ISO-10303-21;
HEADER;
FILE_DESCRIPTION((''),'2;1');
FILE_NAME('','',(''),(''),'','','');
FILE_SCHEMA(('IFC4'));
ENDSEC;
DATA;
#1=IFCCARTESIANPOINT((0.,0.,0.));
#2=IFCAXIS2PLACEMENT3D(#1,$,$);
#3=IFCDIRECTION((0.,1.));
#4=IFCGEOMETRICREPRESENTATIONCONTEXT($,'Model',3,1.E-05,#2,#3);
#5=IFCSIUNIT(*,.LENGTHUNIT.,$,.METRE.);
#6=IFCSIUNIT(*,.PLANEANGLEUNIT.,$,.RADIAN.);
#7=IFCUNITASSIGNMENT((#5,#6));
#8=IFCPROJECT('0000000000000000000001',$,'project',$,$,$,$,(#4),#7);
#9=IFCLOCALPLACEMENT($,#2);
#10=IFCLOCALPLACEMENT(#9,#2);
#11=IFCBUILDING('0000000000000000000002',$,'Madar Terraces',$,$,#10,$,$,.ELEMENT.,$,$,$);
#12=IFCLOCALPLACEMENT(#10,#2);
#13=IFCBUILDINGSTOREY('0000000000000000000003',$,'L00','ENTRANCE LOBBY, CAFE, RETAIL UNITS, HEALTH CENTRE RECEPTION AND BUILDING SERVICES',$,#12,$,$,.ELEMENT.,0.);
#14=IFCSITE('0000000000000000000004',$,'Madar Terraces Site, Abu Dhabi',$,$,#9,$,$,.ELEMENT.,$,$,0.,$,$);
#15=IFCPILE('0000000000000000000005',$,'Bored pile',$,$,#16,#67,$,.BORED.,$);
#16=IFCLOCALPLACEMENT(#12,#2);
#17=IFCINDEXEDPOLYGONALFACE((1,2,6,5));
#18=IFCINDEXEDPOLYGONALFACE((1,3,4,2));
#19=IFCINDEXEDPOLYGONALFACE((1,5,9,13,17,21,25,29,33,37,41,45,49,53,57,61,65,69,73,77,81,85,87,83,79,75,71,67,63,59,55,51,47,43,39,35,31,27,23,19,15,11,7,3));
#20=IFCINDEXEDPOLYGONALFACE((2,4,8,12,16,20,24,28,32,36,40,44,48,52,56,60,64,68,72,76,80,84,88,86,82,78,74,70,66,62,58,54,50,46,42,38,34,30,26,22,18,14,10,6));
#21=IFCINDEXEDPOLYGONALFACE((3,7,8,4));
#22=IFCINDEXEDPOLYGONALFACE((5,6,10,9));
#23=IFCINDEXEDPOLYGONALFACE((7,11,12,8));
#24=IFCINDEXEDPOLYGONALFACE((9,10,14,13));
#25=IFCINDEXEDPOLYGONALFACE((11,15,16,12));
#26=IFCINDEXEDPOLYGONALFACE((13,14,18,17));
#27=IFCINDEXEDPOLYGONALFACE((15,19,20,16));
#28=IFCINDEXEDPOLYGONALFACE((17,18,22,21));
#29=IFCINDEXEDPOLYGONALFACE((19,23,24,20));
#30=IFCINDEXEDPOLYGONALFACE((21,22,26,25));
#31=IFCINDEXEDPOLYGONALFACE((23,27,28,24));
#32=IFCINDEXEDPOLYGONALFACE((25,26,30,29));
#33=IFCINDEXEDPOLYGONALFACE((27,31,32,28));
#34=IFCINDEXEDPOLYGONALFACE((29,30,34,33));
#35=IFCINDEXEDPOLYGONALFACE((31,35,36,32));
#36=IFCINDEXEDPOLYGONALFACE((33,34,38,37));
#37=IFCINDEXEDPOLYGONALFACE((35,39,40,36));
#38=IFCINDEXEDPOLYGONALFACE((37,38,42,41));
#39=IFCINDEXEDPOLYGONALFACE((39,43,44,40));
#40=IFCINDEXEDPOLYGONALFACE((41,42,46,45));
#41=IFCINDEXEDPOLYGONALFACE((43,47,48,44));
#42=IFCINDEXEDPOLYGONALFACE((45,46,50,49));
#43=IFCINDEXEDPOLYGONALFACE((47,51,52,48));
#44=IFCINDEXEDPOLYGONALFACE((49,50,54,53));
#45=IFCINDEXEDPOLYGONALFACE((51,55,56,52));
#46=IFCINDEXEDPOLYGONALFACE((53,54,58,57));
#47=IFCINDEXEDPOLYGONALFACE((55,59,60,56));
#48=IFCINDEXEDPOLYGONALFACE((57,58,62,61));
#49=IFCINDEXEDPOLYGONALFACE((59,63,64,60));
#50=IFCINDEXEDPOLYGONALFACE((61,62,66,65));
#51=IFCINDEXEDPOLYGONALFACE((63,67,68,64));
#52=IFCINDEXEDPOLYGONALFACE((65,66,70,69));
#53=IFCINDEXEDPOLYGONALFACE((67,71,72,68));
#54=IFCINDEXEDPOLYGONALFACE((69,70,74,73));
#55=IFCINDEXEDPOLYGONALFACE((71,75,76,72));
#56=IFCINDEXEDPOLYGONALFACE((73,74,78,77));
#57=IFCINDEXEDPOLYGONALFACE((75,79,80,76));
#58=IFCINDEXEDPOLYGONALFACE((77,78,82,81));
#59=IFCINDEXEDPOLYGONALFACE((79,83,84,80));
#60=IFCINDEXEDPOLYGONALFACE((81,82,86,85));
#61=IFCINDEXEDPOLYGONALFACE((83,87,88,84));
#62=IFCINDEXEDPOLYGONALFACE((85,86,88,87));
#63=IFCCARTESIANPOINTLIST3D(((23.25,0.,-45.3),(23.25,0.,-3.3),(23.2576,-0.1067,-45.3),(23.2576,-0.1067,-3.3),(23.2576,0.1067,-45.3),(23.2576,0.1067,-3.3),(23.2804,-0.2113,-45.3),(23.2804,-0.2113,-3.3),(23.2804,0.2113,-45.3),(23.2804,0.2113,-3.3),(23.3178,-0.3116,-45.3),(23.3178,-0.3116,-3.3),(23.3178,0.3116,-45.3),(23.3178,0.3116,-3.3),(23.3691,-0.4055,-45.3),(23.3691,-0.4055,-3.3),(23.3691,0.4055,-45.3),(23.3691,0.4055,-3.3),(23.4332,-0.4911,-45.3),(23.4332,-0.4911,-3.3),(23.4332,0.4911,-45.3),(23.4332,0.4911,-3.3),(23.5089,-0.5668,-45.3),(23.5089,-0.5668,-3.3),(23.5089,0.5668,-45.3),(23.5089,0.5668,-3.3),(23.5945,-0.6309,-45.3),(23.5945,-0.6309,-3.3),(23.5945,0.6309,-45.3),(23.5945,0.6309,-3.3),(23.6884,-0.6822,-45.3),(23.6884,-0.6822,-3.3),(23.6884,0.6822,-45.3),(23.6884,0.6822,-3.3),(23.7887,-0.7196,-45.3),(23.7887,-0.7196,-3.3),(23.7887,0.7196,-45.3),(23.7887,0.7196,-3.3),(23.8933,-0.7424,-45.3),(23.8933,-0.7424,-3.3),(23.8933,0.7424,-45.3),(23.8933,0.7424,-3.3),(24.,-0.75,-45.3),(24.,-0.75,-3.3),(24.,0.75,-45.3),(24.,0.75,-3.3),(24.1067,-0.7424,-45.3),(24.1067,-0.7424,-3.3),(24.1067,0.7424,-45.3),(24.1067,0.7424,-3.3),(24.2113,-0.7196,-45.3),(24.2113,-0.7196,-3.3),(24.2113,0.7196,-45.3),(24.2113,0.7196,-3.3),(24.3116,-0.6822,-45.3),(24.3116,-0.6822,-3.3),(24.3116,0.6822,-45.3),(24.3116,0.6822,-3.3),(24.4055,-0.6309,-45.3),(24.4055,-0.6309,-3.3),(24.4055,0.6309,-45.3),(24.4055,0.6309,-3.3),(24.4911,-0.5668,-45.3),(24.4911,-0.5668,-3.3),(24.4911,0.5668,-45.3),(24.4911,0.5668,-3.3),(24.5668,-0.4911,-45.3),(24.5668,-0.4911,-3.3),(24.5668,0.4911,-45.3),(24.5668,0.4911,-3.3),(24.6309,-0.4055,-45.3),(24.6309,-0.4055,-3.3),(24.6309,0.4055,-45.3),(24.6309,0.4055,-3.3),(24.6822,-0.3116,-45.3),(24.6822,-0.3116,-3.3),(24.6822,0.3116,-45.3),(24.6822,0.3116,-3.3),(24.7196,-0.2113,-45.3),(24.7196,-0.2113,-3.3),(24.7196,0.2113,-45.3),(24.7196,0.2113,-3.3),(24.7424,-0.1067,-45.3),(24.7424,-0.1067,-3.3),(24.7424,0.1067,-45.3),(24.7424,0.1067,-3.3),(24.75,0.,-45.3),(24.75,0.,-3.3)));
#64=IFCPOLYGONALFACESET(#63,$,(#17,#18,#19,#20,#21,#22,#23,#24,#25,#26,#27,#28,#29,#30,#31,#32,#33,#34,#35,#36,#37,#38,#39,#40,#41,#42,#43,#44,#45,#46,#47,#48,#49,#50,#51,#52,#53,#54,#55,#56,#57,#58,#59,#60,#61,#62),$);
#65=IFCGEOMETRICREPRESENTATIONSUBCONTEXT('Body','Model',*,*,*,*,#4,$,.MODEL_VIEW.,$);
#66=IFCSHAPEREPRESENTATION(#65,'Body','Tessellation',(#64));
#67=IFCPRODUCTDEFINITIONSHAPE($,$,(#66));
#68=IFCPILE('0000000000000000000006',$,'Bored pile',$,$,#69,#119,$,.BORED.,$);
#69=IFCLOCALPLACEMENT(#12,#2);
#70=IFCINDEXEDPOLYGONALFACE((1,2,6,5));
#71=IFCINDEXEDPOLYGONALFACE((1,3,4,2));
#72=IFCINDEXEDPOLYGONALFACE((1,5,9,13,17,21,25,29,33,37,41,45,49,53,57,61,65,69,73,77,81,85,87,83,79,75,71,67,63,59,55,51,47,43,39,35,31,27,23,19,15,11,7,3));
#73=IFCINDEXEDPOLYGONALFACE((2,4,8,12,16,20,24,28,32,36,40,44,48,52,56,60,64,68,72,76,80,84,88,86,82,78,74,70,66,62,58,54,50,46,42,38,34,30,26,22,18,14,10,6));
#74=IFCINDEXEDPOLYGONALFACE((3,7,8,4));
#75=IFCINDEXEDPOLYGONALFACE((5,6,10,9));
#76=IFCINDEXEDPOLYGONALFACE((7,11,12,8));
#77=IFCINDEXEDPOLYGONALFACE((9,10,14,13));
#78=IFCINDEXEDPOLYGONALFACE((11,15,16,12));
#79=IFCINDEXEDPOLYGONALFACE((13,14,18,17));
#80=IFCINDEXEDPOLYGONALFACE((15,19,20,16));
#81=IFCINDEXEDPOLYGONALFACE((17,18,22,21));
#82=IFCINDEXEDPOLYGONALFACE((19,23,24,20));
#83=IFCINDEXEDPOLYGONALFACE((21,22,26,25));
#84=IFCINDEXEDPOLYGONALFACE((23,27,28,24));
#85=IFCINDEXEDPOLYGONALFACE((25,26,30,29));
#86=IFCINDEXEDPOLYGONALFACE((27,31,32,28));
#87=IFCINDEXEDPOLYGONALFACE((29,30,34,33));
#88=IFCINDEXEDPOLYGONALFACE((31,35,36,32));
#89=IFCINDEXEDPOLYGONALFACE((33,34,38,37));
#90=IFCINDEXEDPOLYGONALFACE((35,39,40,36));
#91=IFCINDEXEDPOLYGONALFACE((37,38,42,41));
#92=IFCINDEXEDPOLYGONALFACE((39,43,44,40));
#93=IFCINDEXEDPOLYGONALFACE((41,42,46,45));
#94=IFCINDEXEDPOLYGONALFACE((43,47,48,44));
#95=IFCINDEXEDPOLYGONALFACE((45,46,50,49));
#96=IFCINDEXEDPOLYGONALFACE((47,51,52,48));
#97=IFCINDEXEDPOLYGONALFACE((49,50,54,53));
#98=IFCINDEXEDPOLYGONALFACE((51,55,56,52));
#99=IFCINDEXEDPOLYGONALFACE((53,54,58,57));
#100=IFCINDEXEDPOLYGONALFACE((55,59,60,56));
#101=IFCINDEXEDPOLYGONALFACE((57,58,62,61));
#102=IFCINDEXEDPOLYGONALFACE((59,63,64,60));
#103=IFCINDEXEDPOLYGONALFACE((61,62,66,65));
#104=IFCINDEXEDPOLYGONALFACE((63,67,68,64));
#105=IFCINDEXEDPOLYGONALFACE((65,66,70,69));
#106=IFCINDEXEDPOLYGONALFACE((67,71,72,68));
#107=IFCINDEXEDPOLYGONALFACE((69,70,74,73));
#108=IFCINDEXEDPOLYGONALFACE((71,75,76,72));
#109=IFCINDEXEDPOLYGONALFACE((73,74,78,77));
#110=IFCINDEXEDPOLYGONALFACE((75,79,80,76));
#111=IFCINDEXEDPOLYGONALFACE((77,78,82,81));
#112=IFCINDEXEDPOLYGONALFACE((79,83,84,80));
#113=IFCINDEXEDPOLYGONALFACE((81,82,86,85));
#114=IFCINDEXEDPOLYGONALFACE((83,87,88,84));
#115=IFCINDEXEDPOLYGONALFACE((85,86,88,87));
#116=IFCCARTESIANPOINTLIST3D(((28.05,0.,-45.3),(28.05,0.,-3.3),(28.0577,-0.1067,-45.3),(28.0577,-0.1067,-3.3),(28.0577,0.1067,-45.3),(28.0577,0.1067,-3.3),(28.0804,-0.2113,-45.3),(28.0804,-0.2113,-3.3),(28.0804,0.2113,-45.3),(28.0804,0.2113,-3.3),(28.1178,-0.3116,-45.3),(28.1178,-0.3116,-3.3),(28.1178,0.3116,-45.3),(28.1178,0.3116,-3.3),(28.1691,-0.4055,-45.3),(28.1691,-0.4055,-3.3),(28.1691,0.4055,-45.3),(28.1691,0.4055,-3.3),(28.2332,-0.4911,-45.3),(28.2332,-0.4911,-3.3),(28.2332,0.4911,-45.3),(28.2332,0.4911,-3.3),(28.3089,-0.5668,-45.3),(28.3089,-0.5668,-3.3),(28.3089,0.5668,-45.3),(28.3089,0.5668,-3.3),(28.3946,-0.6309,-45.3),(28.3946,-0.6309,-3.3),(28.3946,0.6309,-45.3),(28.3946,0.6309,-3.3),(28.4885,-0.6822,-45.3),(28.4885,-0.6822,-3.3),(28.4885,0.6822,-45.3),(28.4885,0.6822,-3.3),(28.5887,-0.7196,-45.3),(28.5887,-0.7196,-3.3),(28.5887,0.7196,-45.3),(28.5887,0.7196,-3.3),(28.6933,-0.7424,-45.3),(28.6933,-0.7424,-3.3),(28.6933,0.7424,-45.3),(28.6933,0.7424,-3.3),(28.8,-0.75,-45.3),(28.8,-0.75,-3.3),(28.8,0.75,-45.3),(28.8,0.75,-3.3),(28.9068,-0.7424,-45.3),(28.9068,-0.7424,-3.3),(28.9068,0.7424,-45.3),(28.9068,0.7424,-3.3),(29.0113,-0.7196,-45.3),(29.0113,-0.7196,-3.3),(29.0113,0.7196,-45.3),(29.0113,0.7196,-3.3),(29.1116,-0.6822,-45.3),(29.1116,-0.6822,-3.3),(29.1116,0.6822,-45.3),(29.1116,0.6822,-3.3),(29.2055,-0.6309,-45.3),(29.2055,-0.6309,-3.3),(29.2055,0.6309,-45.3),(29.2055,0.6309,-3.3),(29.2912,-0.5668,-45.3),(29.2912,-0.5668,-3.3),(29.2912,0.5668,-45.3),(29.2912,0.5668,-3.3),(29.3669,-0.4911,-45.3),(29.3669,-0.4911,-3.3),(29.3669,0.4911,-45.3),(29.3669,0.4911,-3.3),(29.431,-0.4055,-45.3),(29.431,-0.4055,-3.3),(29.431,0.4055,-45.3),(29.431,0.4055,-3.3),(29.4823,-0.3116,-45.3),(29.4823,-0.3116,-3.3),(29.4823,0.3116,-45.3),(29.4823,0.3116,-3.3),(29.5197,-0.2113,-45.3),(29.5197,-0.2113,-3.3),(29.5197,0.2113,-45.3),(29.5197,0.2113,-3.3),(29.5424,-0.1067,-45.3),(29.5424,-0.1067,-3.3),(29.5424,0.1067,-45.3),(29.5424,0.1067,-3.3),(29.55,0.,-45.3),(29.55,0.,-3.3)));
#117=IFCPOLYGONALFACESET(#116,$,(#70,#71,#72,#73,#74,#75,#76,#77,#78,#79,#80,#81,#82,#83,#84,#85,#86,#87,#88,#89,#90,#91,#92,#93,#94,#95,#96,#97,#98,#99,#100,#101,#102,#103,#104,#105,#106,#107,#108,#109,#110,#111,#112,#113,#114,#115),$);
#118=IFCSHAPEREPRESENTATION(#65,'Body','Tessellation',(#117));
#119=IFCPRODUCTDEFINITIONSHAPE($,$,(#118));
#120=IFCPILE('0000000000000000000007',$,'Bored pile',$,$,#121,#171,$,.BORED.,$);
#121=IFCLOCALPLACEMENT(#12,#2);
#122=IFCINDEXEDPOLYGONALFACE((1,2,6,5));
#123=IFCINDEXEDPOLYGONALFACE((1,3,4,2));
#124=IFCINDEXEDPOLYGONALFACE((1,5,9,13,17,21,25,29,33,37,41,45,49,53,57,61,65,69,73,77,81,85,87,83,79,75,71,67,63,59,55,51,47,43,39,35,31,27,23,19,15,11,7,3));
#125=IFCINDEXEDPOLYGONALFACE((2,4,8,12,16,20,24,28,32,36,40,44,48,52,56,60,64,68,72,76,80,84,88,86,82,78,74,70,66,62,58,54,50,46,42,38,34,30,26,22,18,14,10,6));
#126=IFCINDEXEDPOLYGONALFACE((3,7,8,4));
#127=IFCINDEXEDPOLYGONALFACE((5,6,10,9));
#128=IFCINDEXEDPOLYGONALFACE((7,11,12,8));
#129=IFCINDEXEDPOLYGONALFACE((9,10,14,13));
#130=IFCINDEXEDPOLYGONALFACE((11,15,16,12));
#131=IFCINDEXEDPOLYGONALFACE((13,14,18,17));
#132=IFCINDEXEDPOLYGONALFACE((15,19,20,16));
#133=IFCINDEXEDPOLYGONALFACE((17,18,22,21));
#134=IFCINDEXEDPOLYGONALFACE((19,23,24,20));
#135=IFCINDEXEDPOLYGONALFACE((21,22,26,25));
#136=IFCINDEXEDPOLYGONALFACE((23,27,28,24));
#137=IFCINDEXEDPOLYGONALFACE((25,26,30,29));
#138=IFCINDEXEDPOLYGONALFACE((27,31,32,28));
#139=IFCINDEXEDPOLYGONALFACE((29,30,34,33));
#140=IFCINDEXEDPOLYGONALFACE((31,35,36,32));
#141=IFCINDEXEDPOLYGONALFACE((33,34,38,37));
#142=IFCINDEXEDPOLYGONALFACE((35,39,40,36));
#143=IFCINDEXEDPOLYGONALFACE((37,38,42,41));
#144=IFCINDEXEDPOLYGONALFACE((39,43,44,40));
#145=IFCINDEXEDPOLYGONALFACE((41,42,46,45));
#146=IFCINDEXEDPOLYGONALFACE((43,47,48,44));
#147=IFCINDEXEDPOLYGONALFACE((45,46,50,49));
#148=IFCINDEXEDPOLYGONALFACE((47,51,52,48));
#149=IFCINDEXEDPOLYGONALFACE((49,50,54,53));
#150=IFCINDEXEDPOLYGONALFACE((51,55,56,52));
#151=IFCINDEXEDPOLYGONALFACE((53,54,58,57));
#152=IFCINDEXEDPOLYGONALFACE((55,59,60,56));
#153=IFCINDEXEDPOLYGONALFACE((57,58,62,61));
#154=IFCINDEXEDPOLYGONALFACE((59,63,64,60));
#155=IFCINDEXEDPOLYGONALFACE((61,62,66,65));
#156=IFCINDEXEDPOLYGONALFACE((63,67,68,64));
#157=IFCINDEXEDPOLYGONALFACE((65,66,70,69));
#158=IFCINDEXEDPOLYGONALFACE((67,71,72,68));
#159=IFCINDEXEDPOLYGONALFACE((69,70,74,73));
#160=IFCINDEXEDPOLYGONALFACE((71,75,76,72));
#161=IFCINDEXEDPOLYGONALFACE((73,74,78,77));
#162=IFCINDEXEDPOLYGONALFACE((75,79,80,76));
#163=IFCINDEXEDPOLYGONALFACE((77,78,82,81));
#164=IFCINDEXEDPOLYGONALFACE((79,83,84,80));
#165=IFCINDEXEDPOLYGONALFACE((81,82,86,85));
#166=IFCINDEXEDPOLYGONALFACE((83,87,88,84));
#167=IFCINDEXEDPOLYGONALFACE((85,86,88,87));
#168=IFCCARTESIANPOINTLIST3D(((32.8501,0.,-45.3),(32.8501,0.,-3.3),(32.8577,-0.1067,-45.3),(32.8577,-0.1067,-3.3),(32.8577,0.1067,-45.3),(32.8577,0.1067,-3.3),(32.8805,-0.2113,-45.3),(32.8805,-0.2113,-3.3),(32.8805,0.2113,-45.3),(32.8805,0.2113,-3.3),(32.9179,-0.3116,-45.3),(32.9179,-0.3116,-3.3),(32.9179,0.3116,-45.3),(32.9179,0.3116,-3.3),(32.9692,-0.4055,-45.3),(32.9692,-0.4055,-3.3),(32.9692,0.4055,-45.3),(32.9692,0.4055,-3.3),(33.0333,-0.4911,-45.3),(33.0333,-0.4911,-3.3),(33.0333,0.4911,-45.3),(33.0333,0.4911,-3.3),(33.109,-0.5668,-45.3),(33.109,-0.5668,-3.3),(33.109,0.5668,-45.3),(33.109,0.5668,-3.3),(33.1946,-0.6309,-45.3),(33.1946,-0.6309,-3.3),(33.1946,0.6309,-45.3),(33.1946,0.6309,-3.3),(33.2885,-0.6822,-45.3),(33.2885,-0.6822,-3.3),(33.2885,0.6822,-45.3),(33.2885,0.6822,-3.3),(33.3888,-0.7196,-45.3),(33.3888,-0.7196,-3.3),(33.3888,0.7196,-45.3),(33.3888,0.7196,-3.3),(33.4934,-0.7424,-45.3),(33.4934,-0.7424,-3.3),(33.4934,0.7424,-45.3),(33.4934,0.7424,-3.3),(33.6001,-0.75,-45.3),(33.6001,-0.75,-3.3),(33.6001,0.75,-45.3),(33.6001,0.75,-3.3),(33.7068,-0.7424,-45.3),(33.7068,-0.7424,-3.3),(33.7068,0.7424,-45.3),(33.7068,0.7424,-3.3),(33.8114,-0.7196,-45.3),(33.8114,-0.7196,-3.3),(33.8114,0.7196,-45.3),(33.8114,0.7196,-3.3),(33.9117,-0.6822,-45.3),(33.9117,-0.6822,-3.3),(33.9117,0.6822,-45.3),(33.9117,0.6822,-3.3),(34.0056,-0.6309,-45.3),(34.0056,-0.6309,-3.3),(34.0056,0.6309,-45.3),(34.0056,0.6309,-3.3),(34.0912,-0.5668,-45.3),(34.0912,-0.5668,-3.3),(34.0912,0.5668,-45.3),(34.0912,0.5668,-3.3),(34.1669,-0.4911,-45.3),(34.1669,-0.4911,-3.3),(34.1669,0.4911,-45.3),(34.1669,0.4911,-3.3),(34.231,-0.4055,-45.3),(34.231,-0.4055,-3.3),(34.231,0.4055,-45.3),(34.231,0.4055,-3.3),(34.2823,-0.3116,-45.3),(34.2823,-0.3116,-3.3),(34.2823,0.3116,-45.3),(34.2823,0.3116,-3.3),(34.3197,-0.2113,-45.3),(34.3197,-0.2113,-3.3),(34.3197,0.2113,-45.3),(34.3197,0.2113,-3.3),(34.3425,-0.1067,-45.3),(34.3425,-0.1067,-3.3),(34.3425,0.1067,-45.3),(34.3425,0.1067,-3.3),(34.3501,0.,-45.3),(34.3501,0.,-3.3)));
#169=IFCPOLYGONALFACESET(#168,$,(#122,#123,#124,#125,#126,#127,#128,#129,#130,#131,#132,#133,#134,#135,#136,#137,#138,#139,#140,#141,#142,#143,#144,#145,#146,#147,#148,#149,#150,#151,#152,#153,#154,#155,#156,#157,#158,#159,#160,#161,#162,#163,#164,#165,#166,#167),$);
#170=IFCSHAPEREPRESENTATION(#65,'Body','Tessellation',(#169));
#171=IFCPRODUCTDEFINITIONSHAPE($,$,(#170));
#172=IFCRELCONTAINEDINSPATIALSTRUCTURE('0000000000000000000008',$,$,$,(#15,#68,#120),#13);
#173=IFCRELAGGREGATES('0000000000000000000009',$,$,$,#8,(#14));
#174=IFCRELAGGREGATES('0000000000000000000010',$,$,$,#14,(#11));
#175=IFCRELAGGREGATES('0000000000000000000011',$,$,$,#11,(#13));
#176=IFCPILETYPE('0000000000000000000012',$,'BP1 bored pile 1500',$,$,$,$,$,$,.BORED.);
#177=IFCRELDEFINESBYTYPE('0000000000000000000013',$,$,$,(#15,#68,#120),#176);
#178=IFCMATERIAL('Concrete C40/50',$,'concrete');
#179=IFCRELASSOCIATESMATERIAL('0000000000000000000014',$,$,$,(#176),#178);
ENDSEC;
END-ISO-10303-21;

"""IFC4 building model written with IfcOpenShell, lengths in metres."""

from ifc_helpers import new_model, si_unit, direction, frame, origin, origin_2d, place, context, subcontext, project, spatial, circle, extrude, material, material_profile, profile_set, type_object, element, save


model = new_model("IFC4")

# Units and contexts
model_context = context("Model", 3, precision=1e-05, world=origin(), true_north=direction((0.0, 1.0)))
body_context = subcontext(model_context, "Body", "Model", "MODEL_VIEW")
ifc_project = project(units=[si_unit("LENGTHUNIT", "METRE"), si_unit("PLANEANGLEUNIT", "RADIAN")], contexts=[model_context])

# Site, building, storey
site_placement = place(None, origin())
site = spatial("IfcSite", under=ifc_project, at=site_placement, Name="Madar Terraces Site, Abu Dhabi", CompositionType="ELEMENT", RefElevation=0.0)
building_placement = place(site_placement, origin())
building = spatial("IfcBuilding", under=site, at=building_placement, Name="Madar Terraces", CompositionType="ELEMENT")
storey_placement = place(building_placement, origin())
storey = spatial("IfcBuildingStorey", under=building, at=storey_placement, Name="L00", Description="ENTRANCE LOBBY, CAFE, RETAIL UNITS, HEALTH CENTRE RECEPTION AND BUILDING SERVICES", CompositionType="ELEMENT", Elevation=0.0)

# Piles
ifc_material_1 = material(Name="Concrete C40/50", Category="concrete")
ifc_material_profile_1 = material_profile(ifc_material_1, circle(Radius=0.75, at=origin_2d()), Name="BP1 bored pile 1500")
ifc_profile_set_1 = profile_set([ifc_material_profile_1], Name="Concrete C40/50")
pile_type = type_object("IfcPileType", Name="BP1 bored pile 1500", PredefinedType="BORED", material=ifc_profile_set_1)
for number, where, z_axis, x_axis, name in (
    (1, (24.0, 0.0, -3.3), (0.0, 0.0, -1.0), (1.0, 0.0, 0.0), "Bored pile"),
    (2, (28.8, 0.0, -3.3), (0.0, 0.0, -1.0), (1.0, 0.0, 0.0), "Bored pile"),
    (3, (33.6001, 0.0, -3.3), (0.0, 0.0, -1.0), (1.0, 0.0, 0.0), "Bored pile"),
):
    element("IfcPile", number, at=place(storey_placement, frame(where, z_axis=z_axis, x_axis=x_axis)), inside=storey, type_object=pile_type, Name=name, PredefinedType="BORED", context=body_context, shape_type="SweptSolid", body=[
        extrude(circle(Radius=0.75, at=origin_2d()), origin(), (0.0, 0.0, 1.0), 42.0),
    ])

save(model, "model.ifc")
